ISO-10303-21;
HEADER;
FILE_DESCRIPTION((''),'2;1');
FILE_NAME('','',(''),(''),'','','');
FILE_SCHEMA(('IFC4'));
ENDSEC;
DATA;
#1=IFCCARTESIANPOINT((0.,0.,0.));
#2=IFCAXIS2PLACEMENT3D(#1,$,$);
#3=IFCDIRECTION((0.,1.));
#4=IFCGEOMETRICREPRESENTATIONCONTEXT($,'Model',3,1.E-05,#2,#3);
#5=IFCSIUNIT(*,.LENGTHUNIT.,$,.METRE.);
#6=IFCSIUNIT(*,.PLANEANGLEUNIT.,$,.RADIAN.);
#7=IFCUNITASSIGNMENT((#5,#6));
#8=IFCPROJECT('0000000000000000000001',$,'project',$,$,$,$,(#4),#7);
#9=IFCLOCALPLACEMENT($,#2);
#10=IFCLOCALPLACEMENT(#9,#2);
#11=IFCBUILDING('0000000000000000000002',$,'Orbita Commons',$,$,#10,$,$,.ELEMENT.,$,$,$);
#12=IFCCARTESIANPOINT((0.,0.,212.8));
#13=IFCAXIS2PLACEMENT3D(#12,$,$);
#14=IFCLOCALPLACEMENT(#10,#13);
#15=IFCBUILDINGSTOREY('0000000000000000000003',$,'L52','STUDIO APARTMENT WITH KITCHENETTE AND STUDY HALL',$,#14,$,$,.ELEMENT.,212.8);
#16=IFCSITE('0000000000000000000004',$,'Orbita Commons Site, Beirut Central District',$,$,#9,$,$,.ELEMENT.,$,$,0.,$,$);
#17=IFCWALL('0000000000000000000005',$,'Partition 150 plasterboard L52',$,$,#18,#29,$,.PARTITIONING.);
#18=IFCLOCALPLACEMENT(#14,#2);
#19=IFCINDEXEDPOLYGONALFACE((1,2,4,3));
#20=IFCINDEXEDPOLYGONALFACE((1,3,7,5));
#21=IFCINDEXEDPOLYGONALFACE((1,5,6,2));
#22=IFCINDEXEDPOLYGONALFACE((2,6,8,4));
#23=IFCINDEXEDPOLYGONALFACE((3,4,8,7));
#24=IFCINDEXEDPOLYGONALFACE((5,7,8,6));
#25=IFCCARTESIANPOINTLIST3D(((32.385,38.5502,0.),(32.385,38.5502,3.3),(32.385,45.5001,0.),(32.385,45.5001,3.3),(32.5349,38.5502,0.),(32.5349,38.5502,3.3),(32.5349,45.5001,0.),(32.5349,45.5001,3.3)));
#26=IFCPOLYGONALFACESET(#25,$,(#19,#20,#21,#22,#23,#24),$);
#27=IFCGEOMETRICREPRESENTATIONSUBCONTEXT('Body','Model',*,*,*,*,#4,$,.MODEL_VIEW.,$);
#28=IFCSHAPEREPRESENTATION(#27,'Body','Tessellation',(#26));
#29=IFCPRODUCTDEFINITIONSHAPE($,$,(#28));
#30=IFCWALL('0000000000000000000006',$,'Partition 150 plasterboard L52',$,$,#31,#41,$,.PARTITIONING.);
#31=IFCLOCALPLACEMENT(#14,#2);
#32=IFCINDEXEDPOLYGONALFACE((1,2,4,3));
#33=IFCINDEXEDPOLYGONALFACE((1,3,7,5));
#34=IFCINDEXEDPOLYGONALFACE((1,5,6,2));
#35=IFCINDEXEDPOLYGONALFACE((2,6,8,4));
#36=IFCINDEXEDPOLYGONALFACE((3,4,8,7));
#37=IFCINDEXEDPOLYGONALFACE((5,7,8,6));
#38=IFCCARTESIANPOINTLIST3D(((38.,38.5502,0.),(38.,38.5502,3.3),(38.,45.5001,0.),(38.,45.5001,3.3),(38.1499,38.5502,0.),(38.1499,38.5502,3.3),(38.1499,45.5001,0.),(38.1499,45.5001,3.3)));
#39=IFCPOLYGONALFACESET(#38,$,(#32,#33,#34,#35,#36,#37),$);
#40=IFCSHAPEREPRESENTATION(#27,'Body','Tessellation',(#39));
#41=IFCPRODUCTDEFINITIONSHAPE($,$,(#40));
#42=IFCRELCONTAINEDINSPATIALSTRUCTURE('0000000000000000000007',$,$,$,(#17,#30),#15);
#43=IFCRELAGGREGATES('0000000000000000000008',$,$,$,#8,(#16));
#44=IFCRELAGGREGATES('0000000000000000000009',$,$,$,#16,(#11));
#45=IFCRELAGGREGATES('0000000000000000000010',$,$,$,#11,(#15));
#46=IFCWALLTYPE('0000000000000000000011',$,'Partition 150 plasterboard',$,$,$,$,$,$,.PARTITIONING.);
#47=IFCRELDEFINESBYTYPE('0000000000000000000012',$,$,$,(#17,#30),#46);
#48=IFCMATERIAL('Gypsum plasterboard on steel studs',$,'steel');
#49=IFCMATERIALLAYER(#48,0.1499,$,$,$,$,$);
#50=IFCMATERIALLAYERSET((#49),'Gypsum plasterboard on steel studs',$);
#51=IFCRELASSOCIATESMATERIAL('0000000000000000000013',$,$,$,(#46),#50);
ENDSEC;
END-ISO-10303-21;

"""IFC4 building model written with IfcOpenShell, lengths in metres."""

from ifc_helpers import new_model, si_unit, direction, frame, frame_2d, origin, place, context, subcontext, project, spatial, rectangle, extrude, material, layer, layer_set, type_object, element, save


model = new_model("IFC4")

# Units and contexts
model_context = context("Model", 3, precision=1e-05, world=origin(), true_north=direction((0.0, 1.0)))
body_context = subcontext(model_context, "Body", "Model", "MODEL_VIEW")
ifc_project = project(units=[si_unit("LENGTHUNIT", "METRE"), si_unit("PLANEANGLEUNIT", "RADIAN")], contexts=[model_context])

# Site, building, storey
site_placement = place(None, origin())
site = spatial("IfcSite", under=ifc_project, at=site_placement, Name="Orbita Commons Site, Beirut Central District", CompositionType="ELEMENT", RefElevation=0.0)
building_placement = place(site_placement, origin())
building = spatial("IfcBuilding", under=site, at=building_placement, Name="Orbita Commons", CompositionType="ELEMENT")
storey_placement = place(building_placement, frame((0.0, 0.0, 212.8)))
storey = spatial("IfcBuildingStorey", under=building, at=storey_placement, Name="L52", Description="STUDIO APARTMENT WITH KITCHENETTE AND STUDY HALL", CompositionType="ELEMENT", Elevation=212.8)

# Walls
ifc_material_1 = material(Name="Gypsum plasterboard on steel studs", Category="steel")
ifc_layer_1 = layer(ifc_material_1, 0.1499)
ifc_layer_set_1 = layer_set([ifc_layer_1], Name="Gypsum plasterboard on steel studs")
wall_type_1 = type_object("IfcWallType", Name="Partition 150 plasterboard", PredefinedType="PARTITIONING", material=ifc_layer_set_1)
for number, where, z_axis, x_axis, name in (
    (1, (32.46, 38.55, 0.0), (0.0, 0.0, 1.0), (0.0, 1.0, 0.0), "Partition 150 plasterboard L52"),
    (2, (38.075, 38.55, 0.0), (0.0, 0.0, 1.0), (0.0, 1.0, 0.0), "Partition 150 plasterboard L52"),
):
    element("IfcWall", number, at=place(storey_placement, frame(where, z_axis=z_axis, x_axis=x_axis)), inside=storey, type_object=wall_type_1, Name=name, PredefinedType="PARTITIONING", context=body_context, shape_type="SweptSolid", body=[
        extrude(rectangle(XDim=6.95, YDim=0.1499, at=frame_2d((3.4751, 0.0))), origin(), (0.0, 0.0, 1.0), 3.3),
    ])

save(model, "model.ifc")
